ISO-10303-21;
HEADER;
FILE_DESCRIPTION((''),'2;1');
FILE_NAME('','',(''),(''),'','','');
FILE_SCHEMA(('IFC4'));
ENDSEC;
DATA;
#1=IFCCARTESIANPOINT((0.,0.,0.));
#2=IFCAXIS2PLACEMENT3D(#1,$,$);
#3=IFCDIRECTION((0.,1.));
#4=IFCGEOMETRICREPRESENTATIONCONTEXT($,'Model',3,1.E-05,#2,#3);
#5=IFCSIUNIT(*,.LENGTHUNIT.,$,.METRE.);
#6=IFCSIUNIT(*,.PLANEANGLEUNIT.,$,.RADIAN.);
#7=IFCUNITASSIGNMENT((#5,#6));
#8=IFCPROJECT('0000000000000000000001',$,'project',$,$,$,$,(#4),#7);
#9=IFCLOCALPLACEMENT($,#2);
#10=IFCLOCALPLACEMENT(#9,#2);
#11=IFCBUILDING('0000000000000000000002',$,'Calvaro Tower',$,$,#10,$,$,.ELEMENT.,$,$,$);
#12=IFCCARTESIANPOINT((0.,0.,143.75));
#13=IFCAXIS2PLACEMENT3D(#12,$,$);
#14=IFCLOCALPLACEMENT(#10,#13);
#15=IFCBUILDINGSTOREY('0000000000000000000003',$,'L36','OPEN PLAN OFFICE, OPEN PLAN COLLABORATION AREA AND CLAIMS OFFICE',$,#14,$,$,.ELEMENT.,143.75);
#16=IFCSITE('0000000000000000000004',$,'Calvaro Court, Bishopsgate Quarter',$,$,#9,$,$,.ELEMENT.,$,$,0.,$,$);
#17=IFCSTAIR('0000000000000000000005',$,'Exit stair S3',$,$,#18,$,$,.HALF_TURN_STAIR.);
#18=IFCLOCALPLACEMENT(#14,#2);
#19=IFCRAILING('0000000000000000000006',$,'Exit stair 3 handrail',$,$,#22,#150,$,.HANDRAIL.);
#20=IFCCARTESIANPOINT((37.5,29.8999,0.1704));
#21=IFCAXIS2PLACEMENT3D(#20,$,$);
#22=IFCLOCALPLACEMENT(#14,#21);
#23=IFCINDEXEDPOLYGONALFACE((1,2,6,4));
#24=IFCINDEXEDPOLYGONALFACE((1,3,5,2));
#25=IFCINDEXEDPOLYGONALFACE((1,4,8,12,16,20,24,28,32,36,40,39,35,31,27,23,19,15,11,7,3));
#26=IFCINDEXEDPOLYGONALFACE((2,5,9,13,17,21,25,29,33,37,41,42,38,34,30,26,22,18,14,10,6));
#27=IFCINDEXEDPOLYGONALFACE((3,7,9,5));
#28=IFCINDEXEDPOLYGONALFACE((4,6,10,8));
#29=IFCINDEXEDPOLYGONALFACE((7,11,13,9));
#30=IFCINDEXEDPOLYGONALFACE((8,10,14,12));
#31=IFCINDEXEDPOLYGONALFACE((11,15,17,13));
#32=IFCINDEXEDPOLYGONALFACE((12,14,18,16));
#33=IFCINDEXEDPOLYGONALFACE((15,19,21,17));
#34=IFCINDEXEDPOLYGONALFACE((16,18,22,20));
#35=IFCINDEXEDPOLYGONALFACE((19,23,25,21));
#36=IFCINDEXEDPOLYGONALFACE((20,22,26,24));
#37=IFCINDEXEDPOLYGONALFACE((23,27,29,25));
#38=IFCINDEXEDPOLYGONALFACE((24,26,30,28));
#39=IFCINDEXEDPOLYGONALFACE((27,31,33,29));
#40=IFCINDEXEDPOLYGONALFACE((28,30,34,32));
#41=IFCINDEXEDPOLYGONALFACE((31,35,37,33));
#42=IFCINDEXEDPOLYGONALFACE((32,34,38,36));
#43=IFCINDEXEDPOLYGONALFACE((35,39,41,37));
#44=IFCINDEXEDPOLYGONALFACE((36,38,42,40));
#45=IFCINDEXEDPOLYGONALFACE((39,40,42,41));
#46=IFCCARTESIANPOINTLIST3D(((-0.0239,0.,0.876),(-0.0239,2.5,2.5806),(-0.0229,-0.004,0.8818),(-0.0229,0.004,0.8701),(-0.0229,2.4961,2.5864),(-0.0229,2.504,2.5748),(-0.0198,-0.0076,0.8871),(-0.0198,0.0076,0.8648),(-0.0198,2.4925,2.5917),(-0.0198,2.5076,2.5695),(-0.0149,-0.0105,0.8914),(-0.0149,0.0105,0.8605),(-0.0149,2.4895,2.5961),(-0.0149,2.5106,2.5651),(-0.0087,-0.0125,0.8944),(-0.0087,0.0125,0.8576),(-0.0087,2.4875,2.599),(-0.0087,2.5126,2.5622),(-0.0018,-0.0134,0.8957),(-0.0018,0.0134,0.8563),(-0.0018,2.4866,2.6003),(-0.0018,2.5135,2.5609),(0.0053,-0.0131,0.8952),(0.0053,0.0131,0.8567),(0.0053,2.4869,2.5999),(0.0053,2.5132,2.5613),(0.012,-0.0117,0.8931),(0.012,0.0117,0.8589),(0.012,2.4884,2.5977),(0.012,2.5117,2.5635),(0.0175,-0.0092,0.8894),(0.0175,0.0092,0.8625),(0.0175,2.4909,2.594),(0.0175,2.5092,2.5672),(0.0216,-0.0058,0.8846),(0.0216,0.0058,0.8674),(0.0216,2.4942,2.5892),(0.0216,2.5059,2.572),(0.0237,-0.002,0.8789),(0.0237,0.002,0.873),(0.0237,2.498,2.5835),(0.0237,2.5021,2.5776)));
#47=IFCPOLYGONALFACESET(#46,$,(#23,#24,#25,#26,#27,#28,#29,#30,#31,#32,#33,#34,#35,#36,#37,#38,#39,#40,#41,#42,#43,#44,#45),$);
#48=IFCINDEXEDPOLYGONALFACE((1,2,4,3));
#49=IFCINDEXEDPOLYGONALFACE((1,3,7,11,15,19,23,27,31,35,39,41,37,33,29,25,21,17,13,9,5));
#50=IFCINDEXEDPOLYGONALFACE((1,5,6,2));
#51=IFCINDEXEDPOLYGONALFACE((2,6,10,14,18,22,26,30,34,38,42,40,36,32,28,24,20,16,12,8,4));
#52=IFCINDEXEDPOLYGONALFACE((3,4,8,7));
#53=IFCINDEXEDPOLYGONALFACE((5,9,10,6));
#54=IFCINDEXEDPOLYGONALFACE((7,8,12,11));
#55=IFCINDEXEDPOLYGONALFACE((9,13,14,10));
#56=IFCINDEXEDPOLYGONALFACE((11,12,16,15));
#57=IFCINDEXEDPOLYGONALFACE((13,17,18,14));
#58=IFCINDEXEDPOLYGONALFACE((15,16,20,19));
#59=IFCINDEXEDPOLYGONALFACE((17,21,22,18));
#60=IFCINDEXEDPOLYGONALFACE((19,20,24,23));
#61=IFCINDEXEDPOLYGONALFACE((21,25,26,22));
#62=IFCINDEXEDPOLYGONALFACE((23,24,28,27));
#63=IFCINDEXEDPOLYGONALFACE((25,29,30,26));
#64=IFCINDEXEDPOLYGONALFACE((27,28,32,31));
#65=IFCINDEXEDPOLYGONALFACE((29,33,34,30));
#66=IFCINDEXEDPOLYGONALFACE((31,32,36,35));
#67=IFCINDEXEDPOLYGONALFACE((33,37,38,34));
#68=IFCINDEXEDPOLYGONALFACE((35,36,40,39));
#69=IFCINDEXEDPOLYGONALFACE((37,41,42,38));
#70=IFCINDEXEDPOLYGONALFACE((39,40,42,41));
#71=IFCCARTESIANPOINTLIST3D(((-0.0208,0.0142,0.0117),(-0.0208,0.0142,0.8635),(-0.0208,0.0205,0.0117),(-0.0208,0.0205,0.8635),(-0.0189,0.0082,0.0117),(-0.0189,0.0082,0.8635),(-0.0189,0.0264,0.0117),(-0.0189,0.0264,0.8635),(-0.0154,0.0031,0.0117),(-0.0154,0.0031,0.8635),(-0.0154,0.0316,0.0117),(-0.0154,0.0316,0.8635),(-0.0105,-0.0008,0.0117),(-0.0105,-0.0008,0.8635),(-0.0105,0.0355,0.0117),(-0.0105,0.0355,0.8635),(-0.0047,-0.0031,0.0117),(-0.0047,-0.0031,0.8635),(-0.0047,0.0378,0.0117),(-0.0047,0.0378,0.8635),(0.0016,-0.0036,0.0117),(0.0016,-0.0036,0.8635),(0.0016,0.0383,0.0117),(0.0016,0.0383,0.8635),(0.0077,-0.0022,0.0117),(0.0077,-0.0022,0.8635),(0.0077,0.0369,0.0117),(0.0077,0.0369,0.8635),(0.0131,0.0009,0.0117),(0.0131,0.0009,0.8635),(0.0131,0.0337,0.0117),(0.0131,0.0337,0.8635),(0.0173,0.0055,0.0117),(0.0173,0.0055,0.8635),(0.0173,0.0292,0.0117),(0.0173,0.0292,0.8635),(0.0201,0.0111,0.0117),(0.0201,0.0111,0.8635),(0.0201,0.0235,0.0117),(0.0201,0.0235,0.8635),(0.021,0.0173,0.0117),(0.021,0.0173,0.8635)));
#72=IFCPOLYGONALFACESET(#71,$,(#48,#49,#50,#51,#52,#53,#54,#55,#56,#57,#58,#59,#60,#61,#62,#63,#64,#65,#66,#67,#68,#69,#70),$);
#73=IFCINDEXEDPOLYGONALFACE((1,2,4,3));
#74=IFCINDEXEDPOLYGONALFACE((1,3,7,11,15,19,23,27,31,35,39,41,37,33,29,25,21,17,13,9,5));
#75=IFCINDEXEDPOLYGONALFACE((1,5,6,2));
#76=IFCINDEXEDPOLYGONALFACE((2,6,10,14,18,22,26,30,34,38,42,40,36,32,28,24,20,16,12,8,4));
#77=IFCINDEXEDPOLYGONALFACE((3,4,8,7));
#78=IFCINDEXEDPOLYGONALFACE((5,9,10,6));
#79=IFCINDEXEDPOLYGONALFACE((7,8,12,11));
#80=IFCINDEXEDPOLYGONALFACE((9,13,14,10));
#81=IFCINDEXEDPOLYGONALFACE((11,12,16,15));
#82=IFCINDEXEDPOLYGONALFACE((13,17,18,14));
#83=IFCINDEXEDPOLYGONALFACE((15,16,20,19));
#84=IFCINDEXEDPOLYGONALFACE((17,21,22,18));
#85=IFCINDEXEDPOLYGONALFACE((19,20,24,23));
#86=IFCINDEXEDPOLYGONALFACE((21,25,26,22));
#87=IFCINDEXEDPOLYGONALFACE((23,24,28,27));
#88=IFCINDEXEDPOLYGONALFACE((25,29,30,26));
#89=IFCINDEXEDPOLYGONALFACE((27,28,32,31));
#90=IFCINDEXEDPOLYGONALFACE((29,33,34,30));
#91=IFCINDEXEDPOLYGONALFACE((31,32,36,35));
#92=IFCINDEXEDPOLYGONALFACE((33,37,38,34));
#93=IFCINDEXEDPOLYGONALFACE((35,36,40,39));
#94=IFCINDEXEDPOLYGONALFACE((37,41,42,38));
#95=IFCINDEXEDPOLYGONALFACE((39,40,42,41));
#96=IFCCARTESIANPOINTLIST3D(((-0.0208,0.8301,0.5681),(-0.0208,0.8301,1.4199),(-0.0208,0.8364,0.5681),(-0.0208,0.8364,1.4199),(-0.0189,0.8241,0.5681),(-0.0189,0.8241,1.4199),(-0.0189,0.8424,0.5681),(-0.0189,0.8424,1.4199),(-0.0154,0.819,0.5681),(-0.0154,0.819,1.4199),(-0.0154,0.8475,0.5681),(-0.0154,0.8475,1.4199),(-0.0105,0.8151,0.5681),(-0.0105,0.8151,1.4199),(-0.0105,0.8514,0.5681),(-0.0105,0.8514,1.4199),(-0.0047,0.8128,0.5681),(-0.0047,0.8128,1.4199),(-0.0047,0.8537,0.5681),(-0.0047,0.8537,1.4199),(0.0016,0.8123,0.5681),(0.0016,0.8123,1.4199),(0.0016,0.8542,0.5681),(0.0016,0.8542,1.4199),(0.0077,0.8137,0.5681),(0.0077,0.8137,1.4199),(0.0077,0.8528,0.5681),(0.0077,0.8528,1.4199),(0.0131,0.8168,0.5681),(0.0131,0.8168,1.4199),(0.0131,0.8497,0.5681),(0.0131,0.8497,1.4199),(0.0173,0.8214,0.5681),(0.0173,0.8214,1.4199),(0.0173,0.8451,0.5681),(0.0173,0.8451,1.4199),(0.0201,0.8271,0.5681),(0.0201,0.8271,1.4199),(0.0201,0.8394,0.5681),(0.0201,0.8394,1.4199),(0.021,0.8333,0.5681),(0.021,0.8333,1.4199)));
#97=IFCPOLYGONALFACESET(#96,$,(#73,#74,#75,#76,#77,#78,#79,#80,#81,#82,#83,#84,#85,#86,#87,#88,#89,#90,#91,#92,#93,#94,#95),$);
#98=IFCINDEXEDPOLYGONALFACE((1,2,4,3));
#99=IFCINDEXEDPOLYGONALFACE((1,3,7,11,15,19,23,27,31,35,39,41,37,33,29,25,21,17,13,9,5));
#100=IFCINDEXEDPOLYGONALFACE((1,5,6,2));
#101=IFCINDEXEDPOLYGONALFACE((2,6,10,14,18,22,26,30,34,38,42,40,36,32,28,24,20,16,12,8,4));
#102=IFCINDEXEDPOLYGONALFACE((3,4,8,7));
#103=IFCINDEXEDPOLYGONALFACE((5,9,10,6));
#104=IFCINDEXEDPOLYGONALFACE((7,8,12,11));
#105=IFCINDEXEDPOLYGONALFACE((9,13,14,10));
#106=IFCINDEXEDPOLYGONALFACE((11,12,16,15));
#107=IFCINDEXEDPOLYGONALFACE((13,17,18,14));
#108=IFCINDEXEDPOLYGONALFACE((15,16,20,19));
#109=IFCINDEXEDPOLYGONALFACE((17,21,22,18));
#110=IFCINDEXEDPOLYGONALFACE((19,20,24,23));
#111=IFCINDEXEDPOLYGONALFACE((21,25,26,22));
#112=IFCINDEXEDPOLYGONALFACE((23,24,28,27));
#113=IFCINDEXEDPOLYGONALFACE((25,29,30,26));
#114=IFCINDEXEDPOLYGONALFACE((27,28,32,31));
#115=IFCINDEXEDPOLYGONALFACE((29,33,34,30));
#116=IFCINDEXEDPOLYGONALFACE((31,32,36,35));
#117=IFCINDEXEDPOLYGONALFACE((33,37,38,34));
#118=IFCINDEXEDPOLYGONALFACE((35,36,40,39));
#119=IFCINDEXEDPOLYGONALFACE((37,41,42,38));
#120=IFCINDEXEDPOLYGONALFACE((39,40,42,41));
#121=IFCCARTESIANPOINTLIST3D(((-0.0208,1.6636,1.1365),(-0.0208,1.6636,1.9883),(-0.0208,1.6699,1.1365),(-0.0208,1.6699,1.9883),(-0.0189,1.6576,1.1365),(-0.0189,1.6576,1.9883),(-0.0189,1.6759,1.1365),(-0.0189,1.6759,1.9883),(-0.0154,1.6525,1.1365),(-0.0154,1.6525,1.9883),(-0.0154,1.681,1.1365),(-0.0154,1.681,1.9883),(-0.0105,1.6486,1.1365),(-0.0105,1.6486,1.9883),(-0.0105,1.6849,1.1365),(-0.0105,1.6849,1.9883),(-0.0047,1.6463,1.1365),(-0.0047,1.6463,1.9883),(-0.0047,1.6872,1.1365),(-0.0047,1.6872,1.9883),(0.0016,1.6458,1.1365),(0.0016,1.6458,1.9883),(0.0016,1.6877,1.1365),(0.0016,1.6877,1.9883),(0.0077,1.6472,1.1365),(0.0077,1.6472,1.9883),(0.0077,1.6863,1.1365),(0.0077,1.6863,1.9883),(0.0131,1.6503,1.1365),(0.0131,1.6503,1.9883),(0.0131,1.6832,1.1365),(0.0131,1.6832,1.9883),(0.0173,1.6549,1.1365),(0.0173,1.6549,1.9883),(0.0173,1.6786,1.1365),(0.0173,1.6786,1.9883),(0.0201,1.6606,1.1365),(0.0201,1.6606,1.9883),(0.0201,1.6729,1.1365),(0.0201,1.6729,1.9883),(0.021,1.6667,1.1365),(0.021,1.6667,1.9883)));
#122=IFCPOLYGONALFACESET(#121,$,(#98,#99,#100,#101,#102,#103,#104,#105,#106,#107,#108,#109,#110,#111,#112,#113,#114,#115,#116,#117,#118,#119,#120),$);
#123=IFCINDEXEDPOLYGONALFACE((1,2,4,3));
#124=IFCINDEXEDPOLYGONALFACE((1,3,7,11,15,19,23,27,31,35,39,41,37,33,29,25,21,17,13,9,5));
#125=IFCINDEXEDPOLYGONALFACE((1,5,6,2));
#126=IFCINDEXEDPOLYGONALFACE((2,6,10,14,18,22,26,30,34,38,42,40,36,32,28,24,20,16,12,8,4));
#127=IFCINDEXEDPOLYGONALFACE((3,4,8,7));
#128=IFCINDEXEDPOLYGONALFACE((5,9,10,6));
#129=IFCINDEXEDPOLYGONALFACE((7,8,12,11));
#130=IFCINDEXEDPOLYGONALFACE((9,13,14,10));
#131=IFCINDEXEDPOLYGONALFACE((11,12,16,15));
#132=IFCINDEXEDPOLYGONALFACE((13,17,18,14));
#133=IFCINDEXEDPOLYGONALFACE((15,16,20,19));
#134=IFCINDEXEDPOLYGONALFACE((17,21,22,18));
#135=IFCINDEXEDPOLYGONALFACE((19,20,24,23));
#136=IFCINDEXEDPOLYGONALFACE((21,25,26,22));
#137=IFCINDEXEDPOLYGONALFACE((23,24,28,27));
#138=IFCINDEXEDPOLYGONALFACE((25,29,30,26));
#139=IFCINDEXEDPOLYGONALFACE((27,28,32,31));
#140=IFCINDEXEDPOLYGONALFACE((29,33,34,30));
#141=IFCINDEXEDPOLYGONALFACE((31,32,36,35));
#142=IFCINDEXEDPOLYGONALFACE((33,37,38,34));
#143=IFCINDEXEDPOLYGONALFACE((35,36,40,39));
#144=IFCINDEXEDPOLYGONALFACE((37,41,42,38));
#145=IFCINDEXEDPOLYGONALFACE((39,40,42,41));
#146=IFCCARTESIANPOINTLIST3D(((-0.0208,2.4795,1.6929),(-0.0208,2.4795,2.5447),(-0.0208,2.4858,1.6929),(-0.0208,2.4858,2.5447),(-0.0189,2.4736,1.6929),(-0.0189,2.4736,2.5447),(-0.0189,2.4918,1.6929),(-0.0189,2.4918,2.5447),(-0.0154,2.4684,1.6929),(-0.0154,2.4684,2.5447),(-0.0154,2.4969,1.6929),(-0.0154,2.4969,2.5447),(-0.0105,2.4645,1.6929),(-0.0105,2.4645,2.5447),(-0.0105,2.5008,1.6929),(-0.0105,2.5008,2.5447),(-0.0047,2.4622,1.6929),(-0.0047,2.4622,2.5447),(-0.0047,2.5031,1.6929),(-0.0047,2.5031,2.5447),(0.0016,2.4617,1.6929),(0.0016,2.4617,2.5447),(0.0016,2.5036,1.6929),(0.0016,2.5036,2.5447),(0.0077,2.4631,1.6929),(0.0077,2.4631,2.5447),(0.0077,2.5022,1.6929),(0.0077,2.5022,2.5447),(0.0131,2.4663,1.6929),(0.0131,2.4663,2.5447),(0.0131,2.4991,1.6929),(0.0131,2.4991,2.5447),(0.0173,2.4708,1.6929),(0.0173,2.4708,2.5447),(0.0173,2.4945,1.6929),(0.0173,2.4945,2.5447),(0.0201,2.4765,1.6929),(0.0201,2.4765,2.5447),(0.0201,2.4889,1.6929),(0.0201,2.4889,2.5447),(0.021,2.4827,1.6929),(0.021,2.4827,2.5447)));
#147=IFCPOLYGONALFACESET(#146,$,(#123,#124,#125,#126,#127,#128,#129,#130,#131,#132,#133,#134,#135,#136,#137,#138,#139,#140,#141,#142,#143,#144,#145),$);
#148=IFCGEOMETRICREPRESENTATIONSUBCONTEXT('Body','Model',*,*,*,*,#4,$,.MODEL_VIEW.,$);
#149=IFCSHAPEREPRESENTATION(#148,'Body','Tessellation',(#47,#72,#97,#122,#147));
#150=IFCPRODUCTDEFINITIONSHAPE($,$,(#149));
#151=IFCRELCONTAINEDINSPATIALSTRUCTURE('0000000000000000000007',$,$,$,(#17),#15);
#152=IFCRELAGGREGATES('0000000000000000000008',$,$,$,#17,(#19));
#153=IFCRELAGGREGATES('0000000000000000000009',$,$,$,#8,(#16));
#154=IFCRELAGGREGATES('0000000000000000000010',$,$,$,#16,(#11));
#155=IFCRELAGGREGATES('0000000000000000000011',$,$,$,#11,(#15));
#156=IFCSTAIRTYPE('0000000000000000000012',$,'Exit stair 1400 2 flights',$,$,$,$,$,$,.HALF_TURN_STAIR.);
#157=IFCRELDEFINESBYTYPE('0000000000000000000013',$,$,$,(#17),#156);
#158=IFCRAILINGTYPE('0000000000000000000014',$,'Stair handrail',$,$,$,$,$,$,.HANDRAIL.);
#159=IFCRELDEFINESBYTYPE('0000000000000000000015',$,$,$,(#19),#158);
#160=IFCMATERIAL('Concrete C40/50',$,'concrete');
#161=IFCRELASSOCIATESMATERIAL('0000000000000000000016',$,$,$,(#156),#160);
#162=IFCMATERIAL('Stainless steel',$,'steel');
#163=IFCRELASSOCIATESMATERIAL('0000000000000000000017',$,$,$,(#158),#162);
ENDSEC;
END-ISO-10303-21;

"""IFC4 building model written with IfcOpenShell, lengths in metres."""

from ifc_helpers import new_model, si_unit, direction, frame, origin, origin_2d, place, context, subcontext, project, spatial, circle, extrude, material, type_object, element, aggregate, save


model = new_model("IFC4")

# Units and contexts
model_context = context("Model", 3, precision=1e-05, world=origin(), true_north=direction((0.0, 1.0)))
body_context = subcontext(model_context, "Body", "Model", "MODEL_VIEW")
ifc_project = project(units=[si_unit("LENGTHUNIT", "METRE"), si_unit("PLANEANGLEUNIT", "RADIAN")], contexts=[model_context])

# Site, building, storey
site_placement = place(None, origin())
site = spatial("IfcSite", under=ifc_project, at=site_placement, Name="Calvaro Court, Bishopsgate Quarter", CompositionType="ELEMENT", RefElevation=0.0)
building_placement = place(site_placement, origin())
building = spatial("IfcBuilding", under=site, at=building_placement, Name="Calvaro Tower", CompositionType="ELEMENT")
storey_placement = place(building_placement, frame((0.0, 0.0, 143.75)))
storey = spatial("IfcBuildingStorey", under=building, at=storey_placement, Name="L36", Description="OPEN PLAN OFFICE, OPEN PLAN COLLABORATION AREA AND CLAIMS OFFICE", CompositionType="ELEMENT", Elevation=143.75)

# Stair
ifc_material_1 = material(Name="Concrete C40/50", Category="concrete")
stair_type = type_object("IfcStairType", Name="Exit stair 1400 2 flights", PredefinedType="HALF_TURN_STAIR", material=ifc_material_1)
stair_1_placement = place(storey_placement, origin())
stair_1 = element("IfcStair", 1, at=stair_1_placement, inside=storey, type_object=stair_type, Name="Exit stair S3", PredefinedType="HALF_TURN_STAIR")

# Railing
ifc_material_2 = material(Name="Stainless steel", Category="steel")
railing_type = type_object("IfcRailingType", Name="Stair handrail", PredefinedType="HANDRAIL", material=ifc_material_2)
railing_1_placement = place(storey_placement, frame((37.5, 29.8999, 0.1704)))
railing_1 = element("IfcRailing", 2, at=railing_1_placement, type_object=railing_type, Name="Exit stair 3 handrail", PredefinedType="HANDRAIL", context=body_context, shape_type="SweptSolid", body=[
    extrude(circle(Radius=0.0239, at=origin_2d()), frame((0.0, 0.0, 0.876), z_axis=(0.0, 0.826221, 0.563347), x_axis=(-1.0, 0.0, 0.0)), (0.0, 0.0, 1.0), 3.0259),
    extrude(circle(Radius=0.021, at=origin_2d()), frame((0.0, 0.0173, 0.0117)), (0.0, 0.0, 1.0), 0.8518),
    extrude(circle(Radius=0.021, at=origin_2d()), frame((0.0, 0.8333, 0.5681)), (0.0, 0.0, 1.0), 0.8518),
    extrude(circle(Radius=0.021, at=origin_2d()), frame((0.0, 1.6667, 1.1365)), (0.0, 0.0, 1.0), 0.8518),
    extrude(circle(Radius=0.021, at=origin_2d()), frame((0.0, 2.4827, 1.6929)), (0.0, 0.0, 1.0), 0.8518),
])
aggregate(stair_1, [railing_1])

save(model, "model.ifc")
